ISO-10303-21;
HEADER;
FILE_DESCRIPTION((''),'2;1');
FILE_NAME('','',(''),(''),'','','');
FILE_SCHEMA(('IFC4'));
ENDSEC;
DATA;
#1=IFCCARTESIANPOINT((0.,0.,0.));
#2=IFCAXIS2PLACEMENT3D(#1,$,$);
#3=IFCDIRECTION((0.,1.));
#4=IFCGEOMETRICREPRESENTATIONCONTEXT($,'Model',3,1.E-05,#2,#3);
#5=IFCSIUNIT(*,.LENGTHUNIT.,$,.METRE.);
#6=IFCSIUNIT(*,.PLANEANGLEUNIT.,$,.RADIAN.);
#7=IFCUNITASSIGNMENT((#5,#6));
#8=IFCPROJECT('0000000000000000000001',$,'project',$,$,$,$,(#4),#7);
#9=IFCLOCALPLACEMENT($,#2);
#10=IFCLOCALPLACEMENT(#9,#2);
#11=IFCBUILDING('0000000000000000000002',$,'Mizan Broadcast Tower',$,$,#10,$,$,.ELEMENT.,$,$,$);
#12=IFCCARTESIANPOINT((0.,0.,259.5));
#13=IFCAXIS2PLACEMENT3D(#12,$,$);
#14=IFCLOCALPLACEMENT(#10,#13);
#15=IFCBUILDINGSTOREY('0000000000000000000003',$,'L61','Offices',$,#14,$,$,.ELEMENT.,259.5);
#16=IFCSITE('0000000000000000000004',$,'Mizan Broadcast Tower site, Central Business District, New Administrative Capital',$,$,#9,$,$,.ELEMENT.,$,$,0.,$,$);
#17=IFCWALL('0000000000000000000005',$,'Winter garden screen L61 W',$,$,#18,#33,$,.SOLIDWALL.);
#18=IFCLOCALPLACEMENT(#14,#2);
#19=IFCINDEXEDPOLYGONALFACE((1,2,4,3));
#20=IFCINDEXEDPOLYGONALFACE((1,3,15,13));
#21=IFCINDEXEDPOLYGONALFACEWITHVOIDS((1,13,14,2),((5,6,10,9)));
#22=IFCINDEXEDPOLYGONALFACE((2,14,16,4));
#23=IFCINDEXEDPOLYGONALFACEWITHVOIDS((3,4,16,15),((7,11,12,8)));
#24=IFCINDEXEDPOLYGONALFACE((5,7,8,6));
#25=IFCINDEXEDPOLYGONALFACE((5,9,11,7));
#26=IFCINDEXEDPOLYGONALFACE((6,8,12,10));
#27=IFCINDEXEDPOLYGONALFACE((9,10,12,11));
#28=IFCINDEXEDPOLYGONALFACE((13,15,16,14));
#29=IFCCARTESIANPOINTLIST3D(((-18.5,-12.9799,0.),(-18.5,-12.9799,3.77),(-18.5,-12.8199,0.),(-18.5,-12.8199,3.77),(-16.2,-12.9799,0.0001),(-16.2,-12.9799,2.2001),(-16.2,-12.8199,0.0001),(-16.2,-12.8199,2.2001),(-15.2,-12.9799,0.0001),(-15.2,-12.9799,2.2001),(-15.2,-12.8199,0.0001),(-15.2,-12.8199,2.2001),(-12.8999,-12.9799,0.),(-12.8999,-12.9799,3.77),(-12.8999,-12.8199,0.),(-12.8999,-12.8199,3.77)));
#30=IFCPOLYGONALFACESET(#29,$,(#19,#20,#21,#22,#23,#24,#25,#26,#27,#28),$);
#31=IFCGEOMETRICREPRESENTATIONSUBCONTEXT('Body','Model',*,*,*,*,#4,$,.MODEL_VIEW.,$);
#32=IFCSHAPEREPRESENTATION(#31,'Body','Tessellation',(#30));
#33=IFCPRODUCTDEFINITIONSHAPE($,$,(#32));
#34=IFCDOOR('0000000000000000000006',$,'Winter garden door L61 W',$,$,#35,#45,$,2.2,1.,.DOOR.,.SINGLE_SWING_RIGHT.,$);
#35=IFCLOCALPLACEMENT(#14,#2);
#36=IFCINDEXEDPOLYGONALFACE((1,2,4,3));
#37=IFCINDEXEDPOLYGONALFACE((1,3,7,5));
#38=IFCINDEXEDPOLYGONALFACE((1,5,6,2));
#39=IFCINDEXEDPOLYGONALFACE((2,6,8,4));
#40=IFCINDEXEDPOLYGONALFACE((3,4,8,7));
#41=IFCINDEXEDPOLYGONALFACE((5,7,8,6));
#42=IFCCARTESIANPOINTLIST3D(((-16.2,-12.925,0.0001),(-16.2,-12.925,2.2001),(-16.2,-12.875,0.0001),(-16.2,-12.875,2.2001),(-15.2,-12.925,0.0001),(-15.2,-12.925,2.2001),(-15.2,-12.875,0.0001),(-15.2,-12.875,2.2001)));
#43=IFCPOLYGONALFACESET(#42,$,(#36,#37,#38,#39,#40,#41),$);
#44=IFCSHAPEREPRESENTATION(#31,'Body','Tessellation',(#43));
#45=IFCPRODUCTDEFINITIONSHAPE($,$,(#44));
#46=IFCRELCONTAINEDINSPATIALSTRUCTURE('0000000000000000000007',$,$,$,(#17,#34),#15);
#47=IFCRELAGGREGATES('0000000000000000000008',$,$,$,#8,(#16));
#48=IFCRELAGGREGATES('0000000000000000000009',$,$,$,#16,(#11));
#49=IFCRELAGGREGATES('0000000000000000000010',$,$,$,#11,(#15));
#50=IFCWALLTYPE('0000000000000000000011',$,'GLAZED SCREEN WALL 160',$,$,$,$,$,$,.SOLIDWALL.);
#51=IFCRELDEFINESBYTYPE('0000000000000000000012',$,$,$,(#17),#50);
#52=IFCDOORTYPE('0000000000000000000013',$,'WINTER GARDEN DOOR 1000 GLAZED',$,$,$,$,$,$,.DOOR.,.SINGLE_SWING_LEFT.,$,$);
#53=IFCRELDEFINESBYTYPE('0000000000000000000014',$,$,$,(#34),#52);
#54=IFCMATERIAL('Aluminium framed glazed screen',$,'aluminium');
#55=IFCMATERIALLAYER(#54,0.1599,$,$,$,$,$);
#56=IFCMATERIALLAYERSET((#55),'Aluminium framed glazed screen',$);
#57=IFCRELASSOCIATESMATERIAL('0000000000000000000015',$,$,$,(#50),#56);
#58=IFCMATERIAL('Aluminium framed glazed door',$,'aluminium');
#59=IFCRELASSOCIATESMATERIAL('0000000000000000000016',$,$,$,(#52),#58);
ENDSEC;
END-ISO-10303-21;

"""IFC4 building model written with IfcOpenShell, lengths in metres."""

from ifc_helpers import new_model, si_unit, direction, frame, frame_2d, origin, place, context, subcontext, project, spatial, rectangle, extrude, material, layer, layer_set, type_object, element, fill, save


model = new_model("IFC4")

# Units and contexts
model_context = context("Model", 3, precision=1e-05, world=origin(), true_north=direction((0.0, 1.0)))
body_context = subcontext(model_context, "Body", "Model", "MODEL_VIEW")
ifc_project = project(units=[si_unit("LENGTHUNIT", "METRE"), si_unit("PLANEANGLEUNIT", "RADIAN")], contexts=[model_context])

# Site, building, storey
site_placement = place(None, origin())
site = spatial("IfcSite", under=ifc_project, at=site_placement, Name="Mizan Broadcast Tower site, Central Business District, New Administrative Capital", CompositionType="ELEMENT", RefElevation=0.0)
building_placement = place(site_placement, origin())
building = spatial("IfcBuilding", under=site, at=building_placement, Name="Mizan Broadcast Tower", CompositionType="ELEMENT")
storey_placement = place(building_placement, frame((0.0, 0.0, 259.5)))
storey = spatial("IfcBuildingStorey", under=building, at=storey_placement, Name="L61", Description="Offices", CompositionType="ELEMENT", Elevation=259.5)

# Wall, opening, door
ifc_material_1 = material(Name="Aluminium framed glazed screen", Category="aluminium")
ifc_layer_1 = layer(ifc_material_1, 0.1599)
ifc_layer_set_1 = layer_set([ifc_layer_1], Name="Aluminium framed glazed screen")
wall_type = type_object("IfcWallType", Name="GLAZED SCREEN WALL 160", PredefinedType="SOLIDWALL", material=ifc_layer_set_1)
wall_placement = place(storey_placement, frame((-18.5, -12.8999, 0.0), z_axis=(0.0, 0.0, 1.0), x_axis=(1.0, 0.0, 0.0)))
wall = element("IfcWall", 1, at=wall_placement, inside=storey, type_object=wall_type, Name="Winter garden screen L61 W", PredefinedType="SOLIDWALL", context=body_context, shape_type="SweptSolid", body=[
    extrude(rectangle(XDim=5.6001, YDim=0.1599, at=frame_2d((2.8, 0.0))), origin(), (0.0, 0.0, 1.0), 3.77),
])
opening_placement = place(wall_placement, frame((2.3, 0.0, 0.0)))
opening = element("IfcOpeningElement", 2, at=opening_placement, cuts=wall, PredefinedType="OPENING", context=body_context, shape_type="SweptSolid", body=[
    extrude(rectangle(XDim=1.0, YDim=2.2, at=frame_2d((0.5, 1.1001))), frame((0.0, 0.0898, 0.0), z_axis=(0.0, -1.0, 0.0), x_axis=(1.0, 0.0, 0.0)), (0.0, 0.0, 1.0), 0.1799),
])
ifc_material_2 = material(Name="Aluminium framed glazed door", Category="aluminium")
door_type = type_object("IfcDoorType", Name="WINTER GARDEN DOOR 1000 GLAZED", OperationType="SINGLE_SWING_LEFT", PredefinedType="DOOR", material=ifc_material_2)
door_placement = place(opening_placement, origin())
door = element("IfcDoor", 3, at=door_placement, inside=storey, type_object=door_type, Name="Winter garden door L61 W", OperationType="SINGLE_SWING_RIGHT", OverallHeight=2.2, OverallWidth=1.0, PredefinedType="DOOR", context=body_context, shape_type="SweptSolid", body=[
    extrude(rectangle(XDim=1.0, YDim=2.2, at=frame_2d((0.5, 1.1001))), frame((0.0, 0.0249, 0.0), z_axis=(0.0, -1.0, 0.0), x_axis=(1.0, 0.0, 0.0)), (0.0, 0.0, 1.0), 0.05),
])
fill(opening, door)

save(model, "model.ifc")
